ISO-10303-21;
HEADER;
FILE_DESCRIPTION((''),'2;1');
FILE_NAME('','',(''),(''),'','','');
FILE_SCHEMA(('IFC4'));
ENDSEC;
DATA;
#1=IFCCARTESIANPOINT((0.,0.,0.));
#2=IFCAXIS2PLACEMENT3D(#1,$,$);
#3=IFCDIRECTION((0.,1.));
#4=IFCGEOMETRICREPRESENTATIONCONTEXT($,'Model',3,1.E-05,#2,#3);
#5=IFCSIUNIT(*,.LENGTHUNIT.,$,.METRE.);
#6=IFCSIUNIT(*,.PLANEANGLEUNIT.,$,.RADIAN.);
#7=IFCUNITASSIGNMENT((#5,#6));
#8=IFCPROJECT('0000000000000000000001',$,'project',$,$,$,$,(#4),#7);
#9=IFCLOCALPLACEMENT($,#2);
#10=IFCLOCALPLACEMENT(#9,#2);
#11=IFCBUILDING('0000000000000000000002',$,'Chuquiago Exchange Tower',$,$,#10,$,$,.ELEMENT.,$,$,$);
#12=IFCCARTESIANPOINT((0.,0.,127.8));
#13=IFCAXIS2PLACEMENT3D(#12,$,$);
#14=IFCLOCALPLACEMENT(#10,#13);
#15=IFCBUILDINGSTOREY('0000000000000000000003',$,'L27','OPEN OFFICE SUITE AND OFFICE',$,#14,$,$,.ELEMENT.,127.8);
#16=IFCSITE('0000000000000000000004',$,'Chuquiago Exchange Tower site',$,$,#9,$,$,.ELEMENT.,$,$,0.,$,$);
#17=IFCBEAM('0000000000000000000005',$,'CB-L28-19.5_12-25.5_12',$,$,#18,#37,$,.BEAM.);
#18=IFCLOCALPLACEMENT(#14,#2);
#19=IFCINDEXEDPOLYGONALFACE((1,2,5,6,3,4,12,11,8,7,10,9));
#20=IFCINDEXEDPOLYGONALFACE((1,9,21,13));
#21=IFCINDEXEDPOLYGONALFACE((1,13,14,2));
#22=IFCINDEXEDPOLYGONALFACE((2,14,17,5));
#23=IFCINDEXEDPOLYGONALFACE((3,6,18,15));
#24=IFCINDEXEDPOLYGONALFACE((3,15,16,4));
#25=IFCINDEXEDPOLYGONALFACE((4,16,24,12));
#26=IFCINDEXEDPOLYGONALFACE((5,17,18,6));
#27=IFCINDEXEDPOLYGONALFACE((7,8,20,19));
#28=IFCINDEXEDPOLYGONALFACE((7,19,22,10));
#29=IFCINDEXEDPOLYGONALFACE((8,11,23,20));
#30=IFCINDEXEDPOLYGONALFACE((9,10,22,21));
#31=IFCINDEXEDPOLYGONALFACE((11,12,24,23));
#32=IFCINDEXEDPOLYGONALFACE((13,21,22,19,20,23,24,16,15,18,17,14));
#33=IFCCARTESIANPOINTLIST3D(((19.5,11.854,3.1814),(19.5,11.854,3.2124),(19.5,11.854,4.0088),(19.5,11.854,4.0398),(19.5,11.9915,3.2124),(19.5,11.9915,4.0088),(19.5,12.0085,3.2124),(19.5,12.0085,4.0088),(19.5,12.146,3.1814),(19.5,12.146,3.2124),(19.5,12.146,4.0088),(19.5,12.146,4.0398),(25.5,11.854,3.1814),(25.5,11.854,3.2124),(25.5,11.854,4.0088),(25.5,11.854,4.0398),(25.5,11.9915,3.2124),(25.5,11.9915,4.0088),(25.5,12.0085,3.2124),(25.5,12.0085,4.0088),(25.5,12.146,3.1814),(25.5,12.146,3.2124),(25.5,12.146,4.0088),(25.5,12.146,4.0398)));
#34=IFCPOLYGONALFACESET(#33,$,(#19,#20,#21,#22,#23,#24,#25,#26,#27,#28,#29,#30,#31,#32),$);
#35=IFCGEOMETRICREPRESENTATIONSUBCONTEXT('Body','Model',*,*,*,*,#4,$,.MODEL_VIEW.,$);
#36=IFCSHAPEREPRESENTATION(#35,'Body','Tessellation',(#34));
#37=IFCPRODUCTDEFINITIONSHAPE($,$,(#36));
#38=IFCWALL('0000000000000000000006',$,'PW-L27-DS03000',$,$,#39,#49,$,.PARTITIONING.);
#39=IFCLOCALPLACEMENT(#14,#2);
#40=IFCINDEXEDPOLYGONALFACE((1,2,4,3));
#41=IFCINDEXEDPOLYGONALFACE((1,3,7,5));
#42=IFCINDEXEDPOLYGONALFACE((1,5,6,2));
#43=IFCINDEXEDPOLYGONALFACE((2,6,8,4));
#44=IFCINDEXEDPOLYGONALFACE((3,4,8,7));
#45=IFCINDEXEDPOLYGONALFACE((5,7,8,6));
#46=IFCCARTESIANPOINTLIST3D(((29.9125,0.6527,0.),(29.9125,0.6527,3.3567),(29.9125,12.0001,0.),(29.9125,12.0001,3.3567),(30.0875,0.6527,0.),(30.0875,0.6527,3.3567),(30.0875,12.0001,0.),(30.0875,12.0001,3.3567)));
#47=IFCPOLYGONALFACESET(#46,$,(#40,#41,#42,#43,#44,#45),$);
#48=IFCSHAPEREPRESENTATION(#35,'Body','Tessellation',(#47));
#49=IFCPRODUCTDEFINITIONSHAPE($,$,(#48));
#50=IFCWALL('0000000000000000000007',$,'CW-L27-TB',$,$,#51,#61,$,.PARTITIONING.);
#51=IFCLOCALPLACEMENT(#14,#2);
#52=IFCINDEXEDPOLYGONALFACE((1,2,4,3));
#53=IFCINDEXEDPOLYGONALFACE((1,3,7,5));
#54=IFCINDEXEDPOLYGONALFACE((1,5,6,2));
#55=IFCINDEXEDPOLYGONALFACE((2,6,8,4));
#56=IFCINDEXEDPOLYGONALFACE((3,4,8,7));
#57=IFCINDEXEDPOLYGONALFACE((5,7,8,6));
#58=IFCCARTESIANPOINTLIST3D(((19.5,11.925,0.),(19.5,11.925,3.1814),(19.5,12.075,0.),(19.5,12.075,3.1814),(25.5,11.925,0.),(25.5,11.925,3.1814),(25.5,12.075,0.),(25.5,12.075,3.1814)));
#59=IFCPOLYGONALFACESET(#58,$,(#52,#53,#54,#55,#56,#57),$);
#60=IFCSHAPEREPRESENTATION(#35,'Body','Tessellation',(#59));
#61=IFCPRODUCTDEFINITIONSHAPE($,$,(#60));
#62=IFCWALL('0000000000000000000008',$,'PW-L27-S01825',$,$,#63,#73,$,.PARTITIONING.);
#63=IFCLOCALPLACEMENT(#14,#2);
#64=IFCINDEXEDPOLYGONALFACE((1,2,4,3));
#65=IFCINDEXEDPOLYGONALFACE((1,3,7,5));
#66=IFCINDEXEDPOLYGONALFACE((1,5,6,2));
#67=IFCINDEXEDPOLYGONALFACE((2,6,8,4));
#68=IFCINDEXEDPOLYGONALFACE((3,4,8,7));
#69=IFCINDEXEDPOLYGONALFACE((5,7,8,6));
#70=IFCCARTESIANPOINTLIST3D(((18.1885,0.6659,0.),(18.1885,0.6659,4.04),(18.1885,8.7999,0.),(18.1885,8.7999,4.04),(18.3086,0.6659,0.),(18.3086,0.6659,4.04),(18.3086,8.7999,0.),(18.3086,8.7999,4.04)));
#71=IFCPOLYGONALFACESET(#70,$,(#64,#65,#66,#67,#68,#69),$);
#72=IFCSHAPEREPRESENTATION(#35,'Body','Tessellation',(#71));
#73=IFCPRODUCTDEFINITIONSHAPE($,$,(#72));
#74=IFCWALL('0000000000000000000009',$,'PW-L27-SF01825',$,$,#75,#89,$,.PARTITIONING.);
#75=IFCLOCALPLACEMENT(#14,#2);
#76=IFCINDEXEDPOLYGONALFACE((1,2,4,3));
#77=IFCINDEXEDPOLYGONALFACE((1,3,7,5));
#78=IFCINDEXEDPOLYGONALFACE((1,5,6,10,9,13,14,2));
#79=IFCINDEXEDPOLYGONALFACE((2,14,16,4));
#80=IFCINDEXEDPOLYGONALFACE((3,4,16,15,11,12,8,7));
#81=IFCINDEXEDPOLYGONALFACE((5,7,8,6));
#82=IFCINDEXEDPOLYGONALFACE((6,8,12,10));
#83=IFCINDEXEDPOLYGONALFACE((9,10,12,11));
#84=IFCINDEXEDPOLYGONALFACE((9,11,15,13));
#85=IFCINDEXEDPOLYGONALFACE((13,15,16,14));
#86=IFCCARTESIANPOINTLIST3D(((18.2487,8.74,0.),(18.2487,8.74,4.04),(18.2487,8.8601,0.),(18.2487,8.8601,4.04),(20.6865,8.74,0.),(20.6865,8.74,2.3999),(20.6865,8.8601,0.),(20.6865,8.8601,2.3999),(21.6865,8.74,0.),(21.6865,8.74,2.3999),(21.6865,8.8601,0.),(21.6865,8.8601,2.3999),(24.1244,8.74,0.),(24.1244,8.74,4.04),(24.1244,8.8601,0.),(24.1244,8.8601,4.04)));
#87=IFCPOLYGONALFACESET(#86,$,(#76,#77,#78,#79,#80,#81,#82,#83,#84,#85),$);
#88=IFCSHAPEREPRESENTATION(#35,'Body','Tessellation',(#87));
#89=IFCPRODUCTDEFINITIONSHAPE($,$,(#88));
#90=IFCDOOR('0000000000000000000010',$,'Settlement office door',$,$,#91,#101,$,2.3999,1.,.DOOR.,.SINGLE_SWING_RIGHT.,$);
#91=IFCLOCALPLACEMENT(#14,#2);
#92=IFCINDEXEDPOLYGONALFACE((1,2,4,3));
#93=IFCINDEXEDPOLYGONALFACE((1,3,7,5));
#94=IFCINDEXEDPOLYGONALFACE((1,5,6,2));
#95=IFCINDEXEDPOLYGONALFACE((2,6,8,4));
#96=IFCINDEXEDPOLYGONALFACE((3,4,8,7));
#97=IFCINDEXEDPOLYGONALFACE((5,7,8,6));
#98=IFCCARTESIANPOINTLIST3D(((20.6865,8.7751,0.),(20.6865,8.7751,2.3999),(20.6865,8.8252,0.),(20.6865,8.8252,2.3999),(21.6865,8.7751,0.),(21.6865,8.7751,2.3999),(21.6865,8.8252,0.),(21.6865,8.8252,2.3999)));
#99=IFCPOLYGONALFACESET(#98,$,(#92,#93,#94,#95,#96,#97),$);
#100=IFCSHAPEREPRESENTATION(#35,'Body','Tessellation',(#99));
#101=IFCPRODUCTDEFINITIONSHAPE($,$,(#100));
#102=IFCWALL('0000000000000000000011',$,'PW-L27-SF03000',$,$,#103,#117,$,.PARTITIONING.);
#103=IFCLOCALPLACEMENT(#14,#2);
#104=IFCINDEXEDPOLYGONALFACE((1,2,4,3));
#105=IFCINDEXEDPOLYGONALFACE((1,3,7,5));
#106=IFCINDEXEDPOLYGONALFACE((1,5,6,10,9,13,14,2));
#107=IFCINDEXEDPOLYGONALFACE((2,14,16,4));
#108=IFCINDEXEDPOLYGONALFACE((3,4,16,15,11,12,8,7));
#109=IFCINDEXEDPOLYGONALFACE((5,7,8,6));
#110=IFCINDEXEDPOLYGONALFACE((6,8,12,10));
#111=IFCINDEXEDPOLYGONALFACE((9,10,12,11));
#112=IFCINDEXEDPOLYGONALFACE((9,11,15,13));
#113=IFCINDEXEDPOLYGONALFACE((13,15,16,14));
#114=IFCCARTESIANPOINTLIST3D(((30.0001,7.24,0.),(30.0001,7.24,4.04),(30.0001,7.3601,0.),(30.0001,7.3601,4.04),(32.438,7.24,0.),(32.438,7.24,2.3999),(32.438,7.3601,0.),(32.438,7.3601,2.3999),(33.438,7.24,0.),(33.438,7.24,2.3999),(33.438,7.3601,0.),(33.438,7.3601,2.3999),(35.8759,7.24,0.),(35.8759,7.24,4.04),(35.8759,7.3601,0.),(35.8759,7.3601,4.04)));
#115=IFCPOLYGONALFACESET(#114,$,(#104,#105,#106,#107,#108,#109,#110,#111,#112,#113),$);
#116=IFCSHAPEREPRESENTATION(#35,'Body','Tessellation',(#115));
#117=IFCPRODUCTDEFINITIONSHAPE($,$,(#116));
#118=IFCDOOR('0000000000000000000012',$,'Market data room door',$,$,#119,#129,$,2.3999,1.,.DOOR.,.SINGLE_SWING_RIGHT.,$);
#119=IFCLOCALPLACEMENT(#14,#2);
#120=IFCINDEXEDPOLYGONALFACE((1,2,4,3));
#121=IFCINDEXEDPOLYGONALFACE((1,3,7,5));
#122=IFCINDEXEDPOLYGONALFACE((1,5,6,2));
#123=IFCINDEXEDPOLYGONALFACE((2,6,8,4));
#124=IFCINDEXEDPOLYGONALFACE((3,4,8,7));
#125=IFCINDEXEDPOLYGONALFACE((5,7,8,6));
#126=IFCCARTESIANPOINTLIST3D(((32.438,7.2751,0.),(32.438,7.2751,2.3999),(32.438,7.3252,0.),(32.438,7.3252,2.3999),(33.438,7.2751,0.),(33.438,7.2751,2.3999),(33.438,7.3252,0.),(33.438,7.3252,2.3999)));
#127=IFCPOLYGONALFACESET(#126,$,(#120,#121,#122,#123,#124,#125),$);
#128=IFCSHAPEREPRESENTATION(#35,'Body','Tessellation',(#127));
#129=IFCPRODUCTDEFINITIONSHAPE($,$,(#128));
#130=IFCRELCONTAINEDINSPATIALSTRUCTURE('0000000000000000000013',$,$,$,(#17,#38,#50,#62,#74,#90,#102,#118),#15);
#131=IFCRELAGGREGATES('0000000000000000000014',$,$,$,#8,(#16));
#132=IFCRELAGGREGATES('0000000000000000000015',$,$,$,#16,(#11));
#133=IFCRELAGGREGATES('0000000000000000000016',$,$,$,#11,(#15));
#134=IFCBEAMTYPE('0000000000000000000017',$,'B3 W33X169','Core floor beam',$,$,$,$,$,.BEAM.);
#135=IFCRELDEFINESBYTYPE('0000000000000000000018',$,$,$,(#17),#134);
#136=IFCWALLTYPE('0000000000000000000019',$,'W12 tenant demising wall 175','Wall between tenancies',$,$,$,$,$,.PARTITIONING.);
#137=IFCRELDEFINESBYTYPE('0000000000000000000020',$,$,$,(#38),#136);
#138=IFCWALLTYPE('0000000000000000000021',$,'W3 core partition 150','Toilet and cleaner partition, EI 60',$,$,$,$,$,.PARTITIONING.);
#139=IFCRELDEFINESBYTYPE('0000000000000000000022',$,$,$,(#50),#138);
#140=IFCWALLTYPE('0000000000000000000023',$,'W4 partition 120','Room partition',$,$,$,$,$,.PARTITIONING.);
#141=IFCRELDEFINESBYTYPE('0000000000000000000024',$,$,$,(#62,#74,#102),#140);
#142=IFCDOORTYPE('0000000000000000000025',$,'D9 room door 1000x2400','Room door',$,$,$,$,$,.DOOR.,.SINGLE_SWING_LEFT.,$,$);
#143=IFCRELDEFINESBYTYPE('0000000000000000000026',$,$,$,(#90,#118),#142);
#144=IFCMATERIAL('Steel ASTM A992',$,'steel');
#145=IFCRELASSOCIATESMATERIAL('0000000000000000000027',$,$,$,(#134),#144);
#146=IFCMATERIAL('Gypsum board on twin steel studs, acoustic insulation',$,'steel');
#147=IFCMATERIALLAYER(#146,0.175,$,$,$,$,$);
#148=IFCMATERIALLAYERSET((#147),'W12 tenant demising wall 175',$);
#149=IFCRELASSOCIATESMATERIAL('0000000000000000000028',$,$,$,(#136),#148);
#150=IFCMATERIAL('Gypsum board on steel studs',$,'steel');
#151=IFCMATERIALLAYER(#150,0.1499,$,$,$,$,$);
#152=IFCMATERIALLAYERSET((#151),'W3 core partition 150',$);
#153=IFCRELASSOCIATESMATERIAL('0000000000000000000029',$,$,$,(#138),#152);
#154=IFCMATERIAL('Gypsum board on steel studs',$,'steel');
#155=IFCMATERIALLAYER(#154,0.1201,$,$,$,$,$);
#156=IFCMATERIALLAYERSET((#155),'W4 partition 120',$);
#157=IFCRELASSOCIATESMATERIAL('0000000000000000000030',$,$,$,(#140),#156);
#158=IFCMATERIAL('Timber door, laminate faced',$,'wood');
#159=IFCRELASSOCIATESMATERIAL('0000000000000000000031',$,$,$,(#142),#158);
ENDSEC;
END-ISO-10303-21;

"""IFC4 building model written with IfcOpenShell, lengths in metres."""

from ifc_helpers import new_model, si_unit, direction, frame, frame_2d, origin, origin_2d, place, context, subcontext, project, spatial, rectangle, i_section, extrude, material, layer, layer_set, material_profile, profile_set, type_object, element, fill, save


model = new_model("IFC4")

# Units and contexts
model_context = context("Model", 3, precision=1e-05, world=origin(), true_north=direction((0.0, 1.0)))
body_context = subcontext(model_context, "Body", "Model", "MODEL_VIEW")
ifc_project = project(units=[si_unit("LENGTHUNIT", "METRE"), si_unit("PLANEANGLEUNIT", "RADIAN")], contexts=[model_context])

# Site, building, storey
site_placement = place(None, origin())
site = spatial("IfcSite", under=ifc_project, at=site_placement, Name="Chuquiago Exchange Tower site", CompositionType="ELEMENT", RefElevation=0.0)
building_placement = place(site_placement, origin())
building = spatial("IfcBuilding", under=site, at=building_placement, Name="Chuquiago Exchange Tower", CompositionType="ELEMENT")
storey_placement = place(building_placement, frame((0.0, 0.0, 127.8)))
storey = spatial("IfcBuildingStorey", under=building, at=storey_placement, Name="L27", Description="OPEN OFFICE SUITE AND OFFICE", CompositionType="ELEMENT", Elevation=127.8)

# Beam
ifc_material_1 = material(Name="Steel ASTM A992", Category="steel")
ifc_material_profile_1 = material_profile(ifc_material_1, i_section(OverallWidth=0.292, OverallDepth=0.8584, WebThickness=0.0171, FlangeThickness=0.031, at=origin_2d()), Name="W33X169")
ifc_profile_set_1 = profile_set([ifc_material_profile_1], Name="Steel ASTM A992")
beam_type_1 = type_object("IfcBeamType", Name="B3 W33X169", Description="Core floor beam", PredefinedType="BEAM", material=ifc_profile_set_1)
beam_1_placement = place(storey_placement, frame((19.5, 12.0, 3.6106), z_axis=(1.0, 0.0, 0.0), x_axis=(0.0, 1.0, 0.0)))
element("IfcBeam", 1, at=beam_1_placement, inside=storey, type_object=beam_type_1, Name="CB-L28-19.5_12-25.5_12", PredefinedType="BEAM", context=body_context, shape_type="SweptSolid", body=[
    extrude(i_section(OverallWidth=0.292, OverallDepth=0.8584, WebThickness=0.0171, FlangeThickness=0.031, at=origin_2d()), origin(), (0.0, 0.0, 1.0), 6.0),
])

# Walls
ifc_material_2 = material(Name="Gypsum board on twin steel studs, acoustic insulation", Category="steel")
ifc_layer_1 = layer(ifc_material_2, 0.175)
ifc_layer_set_1 = layer_set([ifc_layer_1], Name="W12 tenant demising wall 175")
wall_type_1 = type_object("IfcWallType", Name="W12 tenant demising wall 175", Description="Wall between tenancies", PredefinedType="PARTITIONING", material=ifc_layer_set_1)
wall_1_placement = place(storey_placement, frame((30.0, 0.6526, 0.0), z_axis=(0.0, 0.0, 1.0), x_axis=(0.0, 1.0, 0.0)))
element("IfcWall", 2, at=wall_1_placement, inside=storey, type_object=wall_type_1, Name="PW-L27-DS03000", PredefinedType="PARTITIONING", context=body_context, shape_type="SweptSolid", body=[
    extrude(rectangle(XDim=11.3474, YDim=0.175, at=frame_2d((5.6738, 0.0))), origin(), (0.0, 0.0, 1.0), 3.3567),
])
ifc_material_3 = material(Name="Gypsum board on steel studs", Category="steel")
ifc_layer_2 = layer(ifc_material_3, 0.1499)
ifc_layer_set_2 = layer_set([ifc_layer_2], Name="W3 core partition 150")
wall_type_2 = type_object("IfcWallType", Name="W3 core partition 150", Description="Toilet and cleaner partition, EI 60", PredefinedType="PARTITIONING", material=ifc_layer_set_2)
wall_2_placement = place(storey_placement, frame((19.5, 12.0, 0.0), z_axis=(0.0, 0.0, 1.0), x_axis=(1.0, 0.0, 0.0)))
element("IfcWall", 3, at=wall_2_placement, inside=storey, type_object=wall_type_2, Name="CW-L27-TB", PredefinedType="PARTITIONING", context=body_context, shape_type="SweptSolid", body=[
    extrude(rectangle(XDim=6.0, YDim=0.1499, at=frame_2d((3.0, 0.0))), origin(), (0.0, 0.0, 1.0), 3.1814),
])
ifc_material_4 = material(Name="Gypsum board on steel studs", Category="steel")
ifc_layer_3 = layer(ifc_material_4, 0.1201)
ifc_layer_set_3 = layer_set([ifc_layer_3], Name="W4 partition 120")
wall_type_3 = type_object("IfcWallType", Name="W4 partition 120", Description="Room partition", PredefinedType="PARTITIONING", material=ifc_layer_set_3)
wall_3_placement = place(storey_placement, frame((18.2485, 0.666, 0.0), z_axis=(0.0, 0.0, 1.0), x_axis=(0.0, 1.0, 0.0)))
element("IfcWall", 4, at=wall_3_placement, inside=storey, type_object=wall_type_3, Name="PW-L27-S01825", PredefinedType="PARTITIONING", context=body_context, shape_type="SweptSolid", body=[
    extrude(rectangle(XDim=8.134, YDim=0.1201, at=frame_2d((4.0669, 0.0))), origin(), (0.0, 0.0, 1.0), 4.04),
])

# Walls, openings, doors
wall_4_placement = place(storey_placement, frame((18.2485, 8.8, 0.0), z_axis=(0.0, 0.0, 1.0), x_axis=(1.0, 0.0, 0.0)))
wall_4 = element("IfcWall", 5, at=wall_4_placement, inside=storey, type_object=wall_type_3, Name="PW-L27-SF01825", PredefinedType="PARTITIONING", context=body_context, shape_type="SweptSolid", body=[
    extrude(rectangle(XDim=5.8757, YDim=0.1201, at=frame_2d((2.938, 0.0))), origin(), (0.0, 0.0, 1.0), 4.04),
])
opening_1_placement = place(wall_4_placement, frame((2.438, 0.0, 0.0)))
opening_1 = element("IfcOpeningElement", 6, at=opening_1_placement, cuts=wall_4, PredefinedType="OPENING", context=body_context, shape_type="SweptSolid", body=[
    extrude(rectangle(XDim=1.0, YDim=2.3999, at=frame_2d((0.5, 1.2))), frame((0.0, 0.0701, 0.0), z_axis=(0.0, -1.0, 0.0), x_axis=(1.0, 0.0, 0.0)), (0.0, 0.0, 1.0), 0.1401),
])
ifc_material_5 = material(Name="Timber door, laminate faced", Category="wood")
door_type_1 = type_object("IfcDoorType", Name="D9 room door 1000x2400", Description="Room door", OperationType="SINGLE_SWING_LEFT", PredefinedType="DOOR", material=ifc_material_5)
door_1_placement = place(opening_1_placement, frame((1.0, 0.0, 0.0), z_axis=(0.0, 0.0, 1.0), x_axis=(-1.0, 0.0, 0.0)))
door_1 = element("IfcDoor", 7, at=door_1_placement, inside=storey, type_object=door_type_1, Name="Settlement office door", OperationType="SINGLE_SWING_RIGHT", OverallHeight=2.3999, OverallWidth=1.0, PredefinedType="DOOR", context=body_context, shape_type="SweptSolid", body=[
    extrude(rectangle(XDim=1.0, YDim=2.3999, at=frame_2d((0.5, 1.2))), frame((0.0, 0.0249, 0.0), z_axis=(0.0, -1.0, 0.0), x_axis=(1.0, 0.0, 0.0)), (0.0, 0.0, 1.0), 0.05),
])
fill(opening_1, door_1)
wall_5_placement = place(storey_placement, frame((30.0, 7.3, 0.0), z_axis=(0.0, 0.0, 1.0), x_axis=(1.0, 0.0, 0.0)))
wall_5 = element("IfcWall", 8, at=wall_5_placement, inside=storey, type_object=wall_type_3, Name="PW-L27-SF03000", PredefinedType="PARTITIONING", context=body_context, shape_type="SweptSolid", body=[
    extrude(rectangle(XDim=5.8757, YDim=0.1201, at=frame_2d((2.938, 0.0))), origin(), (0.0, 0.0, 1.0), 4.04),
])
opening_2_placement = place(wall_5_placement, frame((2.438, 0.0, 0.0)))
opening_2 = element("IfcOpeningElement", 9, at=opening_2_placement, cuts=wall_5, PredefinedType="OPENING", context=body_context, shape_type="SweptSolid", body=[
    extrude(rectangle(XDim=1.0, YDim=2.3999, at=frame_2d((0.5, 1.2))), frame((0.0, 0.0701, 0.0), z_axis=(0.0, -1.0, 0.0), x_axis=(1.0, 0.0, 0.0)), (0.0, 0.0, 1.0), 0.1401),
])
door_2_placement = place(opening_2_placement, frame((1.0, 0.0, 0.0), z_axis=(0.0, 0.0, 1.0), x_axis=(-1.0, 0.0, 0.0)))
door_2 = element("IfcDoor", 10, at=door_2_placement, inside=storey, type_object=door_type_1, Name="Market data room door", OperationType="SINGLE_SWING_RIGHT", OverallHeight=2.3999, OverallWidth=1.0, PredefinedType="DOOR", context=body_context, shape_type="SweptSolid", body=[
    extrude(rectangle(XDim=1.0, YDim=2.3999, at=frame_2d((0.5, 1.2))), frame((0.0, 0.0249, 0.0), z_axis=(0.0, -1.0, 0.0), x_axis=(1.0, 0.0, 0.0)), (0.0, 0.0, 1.0), 0.05),
])
fill(opening_2, door_2)

save(model, "model.ifc")
